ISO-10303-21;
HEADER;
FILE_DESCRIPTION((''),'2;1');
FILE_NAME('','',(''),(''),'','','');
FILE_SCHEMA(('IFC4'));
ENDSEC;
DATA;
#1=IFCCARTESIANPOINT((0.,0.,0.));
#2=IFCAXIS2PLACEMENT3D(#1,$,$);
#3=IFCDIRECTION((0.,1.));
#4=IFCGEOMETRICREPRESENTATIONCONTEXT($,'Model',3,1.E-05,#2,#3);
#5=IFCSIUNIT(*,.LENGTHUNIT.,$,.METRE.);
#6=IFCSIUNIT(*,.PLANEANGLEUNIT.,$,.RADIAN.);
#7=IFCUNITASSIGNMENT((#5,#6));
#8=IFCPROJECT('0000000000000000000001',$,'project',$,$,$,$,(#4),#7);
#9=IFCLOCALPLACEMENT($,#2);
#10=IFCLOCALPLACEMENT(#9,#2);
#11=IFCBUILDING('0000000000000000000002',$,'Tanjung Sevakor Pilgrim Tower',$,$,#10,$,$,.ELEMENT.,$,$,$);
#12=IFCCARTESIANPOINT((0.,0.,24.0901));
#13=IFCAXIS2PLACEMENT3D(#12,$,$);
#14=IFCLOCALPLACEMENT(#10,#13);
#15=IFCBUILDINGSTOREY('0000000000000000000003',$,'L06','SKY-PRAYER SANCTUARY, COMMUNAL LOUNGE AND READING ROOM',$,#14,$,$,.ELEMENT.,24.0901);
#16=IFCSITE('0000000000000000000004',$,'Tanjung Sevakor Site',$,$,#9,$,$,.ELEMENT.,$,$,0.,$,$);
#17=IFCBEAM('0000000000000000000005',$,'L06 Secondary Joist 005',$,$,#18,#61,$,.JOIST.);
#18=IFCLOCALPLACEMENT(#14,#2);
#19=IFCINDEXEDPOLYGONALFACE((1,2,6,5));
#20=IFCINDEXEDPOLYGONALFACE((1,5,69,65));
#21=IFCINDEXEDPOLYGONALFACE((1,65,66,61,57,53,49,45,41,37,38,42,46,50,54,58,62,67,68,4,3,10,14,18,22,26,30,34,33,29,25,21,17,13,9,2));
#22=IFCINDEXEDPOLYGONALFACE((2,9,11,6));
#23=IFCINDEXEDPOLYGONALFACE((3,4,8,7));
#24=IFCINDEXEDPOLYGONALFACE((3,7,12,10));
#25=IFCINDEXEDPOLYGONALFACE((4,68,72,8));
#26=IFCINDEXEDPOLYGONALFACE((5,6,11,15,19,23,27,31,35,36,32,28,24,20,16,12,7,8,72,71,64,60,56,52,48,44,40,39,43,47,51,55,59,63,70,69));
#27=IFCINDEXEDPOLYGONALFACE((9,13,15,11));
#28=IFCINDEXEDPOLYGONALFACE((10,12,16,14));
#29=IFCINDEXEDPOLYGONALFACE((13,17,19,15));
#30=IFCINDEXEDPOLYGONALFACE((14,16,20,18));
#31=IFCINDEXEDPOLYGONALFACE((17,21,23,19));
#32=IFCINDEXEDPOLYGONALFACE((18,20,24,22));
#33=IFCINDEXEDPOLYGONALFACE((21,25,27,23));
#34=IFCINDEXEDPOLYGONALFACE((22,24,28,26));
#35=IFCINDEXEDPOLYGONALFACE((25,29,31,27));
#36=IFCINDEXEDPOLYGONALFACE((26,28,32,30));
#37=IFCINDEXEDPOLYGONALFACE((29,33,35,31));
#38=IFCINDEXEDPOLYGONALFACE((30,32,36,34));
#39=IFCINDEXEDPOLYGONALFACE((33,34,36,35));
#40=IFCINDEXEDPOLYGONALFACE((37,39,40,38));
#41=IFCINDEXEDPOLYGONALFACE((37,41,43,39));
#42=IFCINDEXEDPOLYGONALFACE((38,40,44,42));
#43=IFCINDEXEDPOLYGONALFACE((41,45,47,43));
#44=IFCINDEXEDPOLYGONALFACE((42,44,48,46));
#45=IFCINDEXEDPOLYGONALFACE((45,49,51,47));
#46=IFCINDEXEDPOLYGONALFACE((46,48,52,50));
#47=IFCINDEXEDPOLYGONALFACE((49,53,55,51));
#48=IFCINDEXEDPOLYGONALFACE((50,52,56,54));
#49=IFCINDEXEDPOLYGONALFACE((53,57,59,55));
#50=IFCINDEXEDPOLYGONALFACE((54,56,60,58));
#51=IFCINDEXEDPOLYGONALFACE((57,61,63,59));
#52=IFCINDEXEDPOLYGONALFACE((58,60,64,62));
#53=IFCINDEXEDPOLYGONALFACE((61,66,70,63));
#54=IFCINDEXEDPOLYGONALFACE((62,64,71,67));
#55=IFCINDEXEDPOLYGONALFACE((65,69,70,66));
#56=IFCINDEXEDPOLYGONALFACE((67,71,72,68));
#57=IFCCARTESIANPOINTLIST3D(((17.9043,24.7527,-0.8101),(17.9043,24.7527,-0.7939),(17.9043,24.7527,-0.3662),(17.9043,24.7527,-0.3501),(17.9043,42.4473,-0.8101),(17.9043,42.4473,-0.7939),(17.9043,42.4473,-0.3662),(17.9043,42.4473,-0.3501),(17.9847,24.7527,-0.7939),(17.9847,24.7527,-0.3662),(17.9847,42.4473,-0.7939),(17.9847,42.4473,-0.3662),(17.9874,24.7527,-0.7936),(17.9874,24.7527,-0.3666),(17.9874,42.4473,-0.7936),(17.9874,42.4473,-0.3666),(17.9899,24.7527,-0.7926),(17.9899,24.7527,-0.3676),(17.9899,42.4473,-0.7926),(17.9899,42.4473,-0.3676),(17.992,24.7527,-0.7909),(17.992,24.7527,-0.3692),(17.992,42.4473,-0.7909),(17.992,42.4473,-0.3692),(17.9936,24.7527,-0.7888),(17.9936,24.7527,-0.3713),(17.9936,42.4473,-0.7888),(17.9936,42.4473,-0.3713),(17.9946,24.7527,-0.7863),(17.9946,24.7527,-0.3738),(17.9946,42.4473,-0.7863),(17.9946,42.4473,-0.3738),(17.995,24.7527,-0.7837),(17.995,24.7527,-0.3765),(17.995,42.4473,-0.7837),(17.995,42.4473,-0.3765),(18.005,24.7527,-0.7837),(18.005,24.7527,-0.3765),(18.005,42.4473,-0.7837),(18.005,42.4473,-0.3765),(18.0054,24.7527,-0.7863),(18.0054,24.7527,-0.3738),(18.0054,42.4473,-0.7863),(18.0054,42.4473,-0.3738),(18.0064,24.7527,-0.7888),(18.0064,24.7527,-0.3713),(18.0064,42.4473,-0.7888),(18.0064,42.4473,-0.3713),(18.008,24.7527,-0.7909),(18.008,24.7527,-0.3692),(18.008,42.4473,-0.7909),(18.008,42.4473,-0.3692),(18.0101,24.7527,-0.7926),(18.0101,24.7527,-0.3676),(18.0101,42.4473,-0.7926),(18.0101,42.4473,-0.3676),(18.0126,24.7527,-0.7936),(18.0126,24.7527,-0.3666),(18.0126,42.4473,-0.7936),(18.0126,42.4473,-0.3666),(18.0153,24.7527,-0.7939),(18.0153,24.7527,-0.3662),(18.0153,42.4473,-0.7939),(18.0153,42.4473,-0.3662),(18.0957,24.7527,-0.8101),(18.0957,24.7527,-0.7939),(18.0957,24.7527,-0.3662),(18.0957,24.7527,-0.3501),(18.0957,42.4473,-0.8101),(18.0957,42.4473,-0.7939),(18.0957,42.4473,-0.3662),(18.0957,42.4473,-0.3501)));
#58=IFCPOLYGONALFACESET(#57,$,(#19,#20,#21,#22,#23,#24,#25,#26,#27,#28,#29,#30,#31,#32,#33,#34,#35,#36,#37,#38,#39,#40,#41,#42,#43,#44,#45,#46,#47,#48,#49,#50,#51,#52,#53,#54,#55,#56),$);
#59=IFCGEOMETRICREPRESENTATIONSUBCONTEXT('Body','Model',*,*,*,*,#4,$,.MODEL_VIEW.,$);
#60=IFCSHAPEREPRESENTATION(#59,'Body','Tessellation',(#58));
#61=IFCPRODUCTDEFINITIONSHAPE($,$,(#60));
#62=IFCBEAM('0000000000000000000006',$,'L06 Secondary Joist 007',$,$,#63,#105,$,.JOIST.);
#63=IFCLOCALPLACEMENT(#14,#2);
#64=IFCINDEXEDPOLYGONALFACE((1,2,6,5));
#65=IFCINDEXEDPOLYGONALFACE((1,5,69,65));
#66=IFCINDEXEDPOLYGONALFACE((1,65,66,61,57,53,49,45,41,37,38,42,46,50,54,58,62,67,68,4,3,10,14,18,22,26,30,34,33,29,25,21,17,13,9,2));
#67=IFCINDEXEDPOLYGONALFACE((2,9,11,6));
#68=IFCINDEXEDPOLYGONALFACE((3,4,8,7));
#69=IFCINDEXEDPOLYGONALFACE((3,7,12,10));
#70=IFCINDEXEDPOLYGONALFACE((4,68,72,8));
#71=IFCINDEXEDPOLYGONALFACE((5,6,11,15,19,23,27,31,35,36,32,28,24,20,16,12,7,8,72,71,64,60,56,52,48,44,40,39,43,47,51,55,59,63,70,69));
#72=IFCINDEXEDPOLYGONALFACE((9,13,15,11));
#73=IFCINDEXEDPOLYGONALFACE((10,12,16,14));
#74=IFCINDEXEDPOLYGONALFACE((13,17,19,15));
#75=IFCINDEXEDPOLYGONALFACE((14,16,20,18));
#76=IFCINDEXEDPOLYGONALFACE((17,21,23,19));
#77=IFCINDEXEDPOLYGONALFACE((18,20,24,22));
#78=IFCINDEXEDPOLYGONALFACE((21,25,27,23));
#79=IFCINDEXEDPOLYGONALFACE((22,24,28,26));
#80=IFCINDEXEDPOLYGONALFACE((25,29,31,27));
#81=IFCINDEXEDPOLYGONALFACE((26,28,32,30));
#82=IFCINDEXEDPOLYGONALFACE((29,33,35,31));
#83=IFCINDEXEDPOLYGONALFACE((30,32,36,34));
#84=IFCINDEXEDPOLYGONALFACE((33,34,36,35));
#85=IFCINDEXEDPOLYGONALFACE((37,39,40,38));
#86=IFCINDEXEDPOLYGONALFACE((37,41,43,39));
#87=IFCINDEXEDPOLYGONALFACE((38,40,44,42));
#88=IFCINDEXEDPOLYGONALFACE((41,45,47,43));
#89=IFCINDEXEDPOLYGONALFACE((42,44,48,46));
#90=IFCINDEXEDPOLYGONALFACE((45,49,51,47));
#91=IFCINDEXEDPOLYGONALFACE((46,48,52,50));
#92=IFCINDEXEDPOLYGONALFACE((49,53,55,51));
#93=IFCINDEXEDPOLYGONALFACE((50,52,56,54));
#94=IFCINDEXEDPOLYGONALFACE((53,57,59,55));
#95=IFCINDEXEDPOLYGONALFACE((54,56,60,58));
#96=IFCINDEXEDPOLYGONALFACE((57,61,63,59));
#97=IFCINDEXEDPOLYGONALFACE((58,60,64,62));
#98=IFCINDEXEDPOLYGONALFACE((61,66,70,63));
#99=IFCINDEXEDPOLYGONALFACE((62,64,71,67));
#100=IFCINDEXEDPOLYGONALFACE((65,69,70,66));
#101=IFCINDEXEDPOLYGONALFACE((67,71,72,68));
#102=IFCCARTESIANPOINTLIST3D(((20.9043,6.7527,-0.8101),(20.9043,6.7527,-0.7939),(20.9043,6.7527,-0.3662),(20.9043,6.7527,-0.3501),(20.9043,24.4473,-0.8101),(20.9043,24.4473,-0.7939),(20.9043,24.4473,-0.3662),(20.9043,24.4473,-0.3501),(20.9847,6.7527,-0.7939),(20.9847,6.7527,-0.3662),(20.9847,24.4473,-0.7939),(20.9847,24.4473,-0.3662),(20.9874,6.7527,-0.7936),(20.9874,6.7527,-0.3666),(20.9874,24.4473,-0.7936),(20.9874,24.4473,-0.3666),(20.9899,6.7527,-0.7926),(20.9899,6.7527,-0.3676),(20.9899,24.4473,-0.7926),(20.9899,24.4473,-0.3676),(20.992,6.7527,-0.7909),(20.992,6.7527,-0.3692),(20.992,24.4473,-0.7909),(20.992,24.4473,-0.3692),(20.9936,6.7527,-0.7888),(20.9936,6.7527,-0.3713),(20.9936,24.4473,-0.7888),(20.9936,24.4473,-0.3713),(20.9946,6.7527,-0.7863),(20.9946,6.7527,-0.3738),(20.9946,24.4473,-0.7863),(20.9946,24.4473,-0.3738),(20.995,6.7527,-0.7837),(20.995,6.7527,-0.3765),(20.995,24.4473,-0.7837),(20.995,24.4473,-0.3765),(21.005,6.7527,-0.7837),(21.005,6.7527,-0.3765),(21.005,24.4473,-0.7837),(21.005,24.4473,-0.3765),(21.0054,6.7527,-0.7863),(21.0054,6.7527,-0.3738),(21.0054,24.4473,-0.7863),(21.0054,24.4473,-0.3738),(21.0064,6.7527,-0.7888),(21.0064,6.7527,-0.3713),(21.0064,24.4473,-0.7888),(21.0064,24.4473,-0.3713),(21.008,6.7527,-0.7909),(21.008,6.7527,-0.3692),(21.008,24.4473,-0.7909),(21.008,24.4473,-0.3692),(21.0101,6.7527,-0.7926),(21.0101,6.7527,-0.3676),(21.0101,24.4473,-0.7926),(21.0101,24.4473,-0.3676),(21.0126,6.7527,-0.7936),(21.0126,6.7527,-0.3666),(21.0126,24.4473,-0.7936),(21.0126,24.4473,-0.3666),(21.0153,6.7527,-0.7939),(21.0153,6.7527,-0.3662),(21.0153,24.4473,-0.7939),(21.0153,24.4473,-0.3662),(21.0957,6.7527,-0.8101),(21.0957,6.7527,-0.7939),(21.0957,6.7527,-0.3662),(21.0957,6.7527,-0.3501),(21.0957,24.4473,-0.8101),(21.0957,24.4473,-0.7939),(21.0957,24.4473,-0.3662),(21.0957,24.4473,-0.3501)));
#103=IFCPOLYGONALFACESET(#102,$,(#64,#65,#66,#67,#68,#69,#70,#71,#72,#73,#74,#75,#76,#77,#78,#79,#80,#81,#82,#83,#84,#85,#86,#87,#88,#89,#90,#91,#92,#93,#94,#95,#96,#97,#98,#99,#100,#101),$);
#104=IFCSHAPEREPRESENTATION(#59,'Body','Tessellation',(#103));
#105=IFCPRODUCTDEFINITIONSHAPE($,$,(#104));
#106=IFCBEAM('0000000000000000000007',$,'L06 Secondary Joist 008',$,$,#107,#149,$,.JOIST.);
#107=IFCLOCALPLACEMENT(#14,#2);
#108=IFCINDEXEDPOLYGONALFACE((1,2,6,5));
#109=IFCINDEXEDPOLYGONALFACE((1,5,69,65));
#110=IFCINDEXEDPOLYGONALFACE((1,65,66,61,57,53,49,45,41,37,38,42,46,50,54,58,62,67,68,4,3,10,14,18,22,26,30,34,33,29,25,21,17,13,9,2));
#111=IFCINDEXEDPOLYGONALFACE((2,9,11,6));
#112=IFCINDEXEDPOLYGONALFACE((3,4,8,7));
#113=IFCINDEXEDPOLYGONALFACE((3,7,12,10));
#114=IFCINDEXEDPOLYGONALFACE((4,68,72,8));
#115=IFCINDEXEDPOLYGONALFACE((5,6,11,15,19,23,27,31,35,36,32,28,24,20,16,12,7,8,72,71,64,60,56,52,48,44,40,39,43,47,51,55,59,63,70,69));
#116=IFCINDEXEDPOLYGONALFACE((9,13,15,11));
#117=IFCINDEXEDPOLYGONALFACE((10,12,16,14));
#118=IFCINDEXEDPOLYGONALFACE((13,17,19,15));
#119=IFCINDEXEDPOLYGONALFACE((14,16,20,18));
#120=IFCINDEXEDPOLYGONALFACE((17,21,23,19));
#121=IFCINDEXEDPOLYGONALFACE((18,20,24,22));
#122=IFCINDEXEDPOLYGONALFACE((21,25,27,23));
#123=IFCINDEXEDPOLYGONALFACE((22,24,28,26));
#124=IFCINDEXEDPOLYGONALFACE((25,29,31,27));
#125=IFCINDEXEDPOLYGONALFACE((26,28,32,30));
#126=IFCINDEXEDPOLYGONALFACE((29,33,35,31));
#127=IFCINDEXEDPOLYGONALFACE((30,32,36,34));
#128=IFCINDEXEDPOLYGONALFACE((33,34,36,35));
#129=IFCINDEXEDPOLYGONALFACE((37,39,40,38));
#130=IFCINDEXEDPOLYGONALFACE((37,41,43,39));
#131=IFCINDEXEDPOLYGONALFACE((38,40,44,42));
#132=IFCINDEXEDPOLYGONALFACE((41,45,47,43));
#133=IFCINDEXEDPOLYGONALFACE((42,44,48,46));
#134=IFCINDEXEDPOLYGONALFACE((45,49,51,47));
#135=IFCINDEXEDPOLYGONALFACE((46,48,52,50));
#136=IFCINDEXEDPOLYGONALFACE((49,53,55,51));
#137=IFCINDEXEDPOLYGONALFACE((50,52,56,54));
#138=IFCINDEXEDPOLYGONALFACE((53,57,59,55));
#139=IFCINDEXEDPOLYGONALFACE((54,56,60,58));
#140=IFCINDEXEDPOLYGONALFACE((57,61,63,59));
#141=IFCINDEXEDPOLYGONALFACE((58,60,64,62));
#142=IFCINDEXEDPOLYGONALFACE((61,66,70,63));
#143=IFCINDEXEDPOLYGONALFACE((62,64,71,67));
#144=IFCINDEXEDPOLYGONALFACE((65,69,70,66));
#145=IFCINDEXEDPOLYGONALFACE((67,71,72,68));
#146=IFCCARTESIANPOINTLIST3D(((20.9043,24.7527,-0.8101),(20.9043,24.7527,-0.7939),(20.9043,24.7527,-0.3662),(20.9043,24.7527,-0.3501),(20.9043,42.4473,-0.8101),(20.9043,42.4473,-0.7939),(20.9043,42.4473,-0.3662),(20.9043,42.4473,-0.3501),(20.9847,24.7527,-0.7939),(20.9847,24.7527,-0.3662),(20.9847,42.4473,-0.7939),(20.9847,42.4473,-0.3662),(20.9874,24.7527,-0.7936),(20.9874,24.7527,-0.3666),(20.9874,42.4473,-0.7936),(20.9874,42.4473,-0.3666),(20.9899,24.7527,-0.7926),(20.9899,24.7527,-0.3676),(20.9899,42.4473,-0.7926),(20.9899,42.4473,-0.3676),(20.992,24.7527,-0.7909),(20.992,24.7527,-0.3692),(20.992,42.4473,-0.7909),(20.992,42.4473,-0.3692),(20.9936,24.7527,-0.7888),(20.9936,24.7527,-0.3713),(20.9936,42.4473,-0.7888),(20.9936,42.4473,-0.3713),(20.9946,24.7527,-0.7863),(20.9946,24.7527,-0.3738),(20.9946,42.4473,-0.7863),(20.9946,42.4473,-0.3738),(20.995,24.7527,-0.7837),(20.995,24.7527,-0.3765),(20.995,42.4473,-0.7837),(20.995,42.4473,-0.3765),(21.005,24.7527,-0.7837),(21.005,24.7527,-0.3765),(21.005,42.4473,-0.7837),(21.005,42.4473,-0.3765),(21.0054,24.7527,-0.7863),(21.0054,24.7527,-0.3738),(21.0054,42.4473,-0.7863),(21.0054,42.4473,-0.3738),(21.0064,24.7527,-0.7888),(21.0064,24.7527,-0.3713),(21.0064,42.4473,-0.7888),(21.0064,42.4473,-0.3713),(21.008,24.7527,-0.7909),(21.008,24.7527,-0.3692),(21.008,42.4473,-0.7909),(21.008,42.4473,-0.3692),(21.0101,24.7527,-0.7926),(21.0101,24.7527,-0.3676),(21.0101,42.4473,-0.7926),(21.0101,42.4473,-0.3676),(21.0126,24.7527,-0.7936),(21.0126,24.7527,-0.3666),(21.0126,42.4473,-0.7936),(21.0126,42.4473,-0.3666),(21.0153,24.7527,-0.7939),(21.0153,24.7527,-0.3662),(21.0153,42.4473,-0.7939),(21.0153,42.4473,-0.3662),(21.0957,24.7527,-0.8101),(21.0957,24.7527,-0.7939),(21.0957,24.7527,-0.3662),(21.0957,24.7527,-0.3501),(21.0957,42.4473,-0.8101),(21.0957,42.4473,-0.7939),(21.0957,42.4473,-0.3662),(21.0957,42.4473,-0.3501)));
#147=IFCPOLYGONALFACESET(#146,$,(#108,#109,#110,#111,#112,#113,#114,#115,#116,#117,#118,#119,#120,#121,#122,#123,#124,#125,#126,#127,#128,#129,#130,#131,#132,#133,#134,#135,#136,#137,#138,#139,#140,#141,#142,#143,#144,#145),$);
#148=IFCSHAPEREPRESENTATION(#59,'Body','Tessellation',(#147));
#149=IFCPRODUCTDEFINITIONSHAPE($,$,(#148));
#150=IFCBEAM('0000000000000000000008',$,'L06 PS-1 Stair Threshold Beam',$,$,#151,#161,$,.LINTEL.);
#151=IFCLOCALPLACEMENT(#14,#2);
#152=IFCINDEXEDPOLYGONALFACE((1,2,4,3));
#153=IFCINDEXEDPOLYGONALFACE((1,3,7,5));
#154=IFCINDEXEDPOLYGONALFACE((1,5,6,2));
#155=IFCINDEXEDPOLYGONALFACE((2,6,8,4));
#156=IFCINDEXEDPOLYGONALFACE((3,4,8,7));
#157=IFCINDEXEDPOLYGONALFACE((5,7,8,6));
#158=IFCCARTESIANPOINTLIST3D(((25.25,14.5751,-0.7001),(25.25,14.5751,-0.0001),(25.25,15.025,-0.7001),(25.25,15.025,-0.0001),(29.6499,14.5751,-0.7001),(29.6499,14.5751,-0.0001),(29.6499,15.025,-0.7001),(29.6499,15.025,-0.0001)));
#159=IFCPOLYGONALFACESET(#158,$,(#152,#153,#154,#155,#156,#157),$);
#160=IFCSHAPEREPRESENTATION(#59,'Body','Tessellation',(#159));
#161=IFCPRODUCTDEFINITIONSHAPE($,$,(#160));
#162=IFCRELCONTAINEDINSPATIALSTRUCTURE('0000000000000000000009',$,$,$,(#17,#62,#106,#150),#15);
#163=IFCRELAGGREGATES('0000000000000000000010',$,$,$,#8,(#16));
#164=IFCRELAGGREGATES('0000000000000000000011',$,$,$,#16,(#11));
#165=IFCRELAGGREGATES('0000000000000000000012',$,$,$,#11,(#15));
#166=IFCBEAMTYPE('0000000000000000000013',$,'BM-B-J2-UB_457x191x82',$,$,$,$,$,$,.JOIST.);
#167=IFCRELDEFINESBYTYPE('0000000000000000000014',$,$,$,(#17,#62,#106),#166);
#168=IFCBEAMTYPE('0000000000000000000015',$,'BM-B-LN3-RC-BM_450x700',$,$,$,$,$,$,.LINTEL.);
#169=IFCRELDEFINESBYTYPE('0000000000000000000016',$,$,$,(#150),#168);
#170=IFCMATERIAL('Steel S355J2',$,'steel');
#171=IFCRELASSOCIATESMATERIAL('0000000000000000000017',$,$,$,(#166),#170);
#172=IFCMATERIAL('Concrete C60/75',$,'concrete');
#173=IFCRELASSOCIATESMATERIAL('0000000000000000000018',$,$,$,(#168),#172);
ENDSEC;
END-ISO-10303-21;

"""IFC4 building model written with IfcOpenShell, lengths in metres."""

from ifc_helpers import new_model, si_unit, direction, frame, origin, origin_2d, place, context, subcontext, project, spatial, rectangle, i_section, extrude, material, material_profile, profile_set, type_object, element, save


model = new_model("IFC4")

# Units and contexts
model_context = context("Model", 3, precision=1e-05, world=origin(), true_north=direction((0.0, 1.0)))
body_context = subcontext(model_context, "Body", "Model", "MODEL_VIEW")
ifc_project = project(units=[si_unit("LENGTHUNIT", "METRE"), si_unit("PLANEANGLEUNIT", "RADIAN")], contexts=[model_context])

# Site, building, storey
site_placement = place(None, origin())
site = spatial("IfcSite", under=ifc_project, at=site_placement, Name="Tanjung Sevakor Site", CompositionType="ELEMENT", RefElevation=0.0)
building_placement = place(site_placement, origin())
building = spatial("IfcBuilding", under=site, at=building_placement, Name="Tanjung Sevakor Pilgrim Tower", CompositionType="ELEMENT")
storey_placement = place(building_placement, frame((0.0, 0.0, 24.0901)))
storey = spatial("IfcBuildingStorey", under=building, at=storey_placement, Name="L06", Description="SKY-PRAYER SANCTUARY, COMMUNAL LOUNGE AND READING ROOM", CompositionType="ELEMENT", Elevation=24.0901)

# Beams
ifc_material_1 = material(Name="Steel S355J2", Category="steel")
ifc_material_profile_1 = material_profile(ifc_material_1, i_section(OverallWidth=0.1914, OverallDepth=0.46, WebThickness=0.01, FlangeThickness=0.0161, FilletRadius=0.0103, at=origin_2d()))
ifc_profile_set_1 = profile_set([ifc_material_profile_1], Name="Steel S355J2")
beam_type_1 = type_object("IfcBeamType", Name="BM-B-J2-UB_457x191x82", PredefinedType="JOIST", material=ifc_profile_set_1)
for number, where, z_axis, x_axis, name in (
    (1, (18.0, 24.7527, -0.5801), (0.0, 1.0, 0.0), (-1.0, 0.0, 0.0), "L06 Secondary Joist 005"),
    (2, (21.0, 6.7527, -0.5801), (0.0, 1.0, 0.0), (-1.0, 0.0, 0.0), "L06 Secondary Joist 007"),
    (3, (21.0, 24.7527, -0.5801), (0.0, 1.0, 0.0), (-1.0, 0.0, 0.0), "L06 Secondary Joist 008"),
):
    element("IfcBeam", number, at=place(storey_placement, frame(where, z_axis=z_axis, x_axis=x_axis)), inside=storey, type_object=beam_type_1, Name=name, PredefinedType="JOIST", context=body_context, shape_type="SweptSolid", body=[
        extrude(i_section(OverallWidth=0.1914, OverallDepth=0.46, WebThickness=0.01, FlangeThickness=0.0161, FilletRadius=0.0103, at=origin_2d()), origin(), (0.0, 0.0, 1.0), 17.6946),
    ])
ifc_material_2 = material(Name="Concrete C60/75", Category="concrete")
ifc_material_profile_2 = material_profile(ifc_material_2, rectangle(XDim=0.45, YDim=0.7, at=origin_2d()))
ifc_profile_set_2 = profile_set([ifc_material_profile_2], Name="Concrete C60/75")
beam_type_2 = type_object("IfcBeamType", Name="BM-B-LN3-RC-BM_450x700", PredefinedType="LINTEL", material=ifc_profile_set_2)
beam_1_placement = place(storey_placement, frame((25.25, 14.8, -0.3501), z_axis=(1.0, 0.0, 0.0), x_axis=(0.0, 1.0, 0.0)))
element("IfcBeam", 4, at=beam_1_placement, inside=storey, type_object=beam_type_2, Name="L06 PS-1 Stair Threshold Beam", PredefinedType="LINTEL", context=body_context, shape_type="SweptSolid", body=[
    extrude(rectangle(XDim=0.45, YDim=0.7, at=origin_2d()), origin(), (0.0, 0.0, 1.0), 4.3999),
])

save(model, "model.ifc")
